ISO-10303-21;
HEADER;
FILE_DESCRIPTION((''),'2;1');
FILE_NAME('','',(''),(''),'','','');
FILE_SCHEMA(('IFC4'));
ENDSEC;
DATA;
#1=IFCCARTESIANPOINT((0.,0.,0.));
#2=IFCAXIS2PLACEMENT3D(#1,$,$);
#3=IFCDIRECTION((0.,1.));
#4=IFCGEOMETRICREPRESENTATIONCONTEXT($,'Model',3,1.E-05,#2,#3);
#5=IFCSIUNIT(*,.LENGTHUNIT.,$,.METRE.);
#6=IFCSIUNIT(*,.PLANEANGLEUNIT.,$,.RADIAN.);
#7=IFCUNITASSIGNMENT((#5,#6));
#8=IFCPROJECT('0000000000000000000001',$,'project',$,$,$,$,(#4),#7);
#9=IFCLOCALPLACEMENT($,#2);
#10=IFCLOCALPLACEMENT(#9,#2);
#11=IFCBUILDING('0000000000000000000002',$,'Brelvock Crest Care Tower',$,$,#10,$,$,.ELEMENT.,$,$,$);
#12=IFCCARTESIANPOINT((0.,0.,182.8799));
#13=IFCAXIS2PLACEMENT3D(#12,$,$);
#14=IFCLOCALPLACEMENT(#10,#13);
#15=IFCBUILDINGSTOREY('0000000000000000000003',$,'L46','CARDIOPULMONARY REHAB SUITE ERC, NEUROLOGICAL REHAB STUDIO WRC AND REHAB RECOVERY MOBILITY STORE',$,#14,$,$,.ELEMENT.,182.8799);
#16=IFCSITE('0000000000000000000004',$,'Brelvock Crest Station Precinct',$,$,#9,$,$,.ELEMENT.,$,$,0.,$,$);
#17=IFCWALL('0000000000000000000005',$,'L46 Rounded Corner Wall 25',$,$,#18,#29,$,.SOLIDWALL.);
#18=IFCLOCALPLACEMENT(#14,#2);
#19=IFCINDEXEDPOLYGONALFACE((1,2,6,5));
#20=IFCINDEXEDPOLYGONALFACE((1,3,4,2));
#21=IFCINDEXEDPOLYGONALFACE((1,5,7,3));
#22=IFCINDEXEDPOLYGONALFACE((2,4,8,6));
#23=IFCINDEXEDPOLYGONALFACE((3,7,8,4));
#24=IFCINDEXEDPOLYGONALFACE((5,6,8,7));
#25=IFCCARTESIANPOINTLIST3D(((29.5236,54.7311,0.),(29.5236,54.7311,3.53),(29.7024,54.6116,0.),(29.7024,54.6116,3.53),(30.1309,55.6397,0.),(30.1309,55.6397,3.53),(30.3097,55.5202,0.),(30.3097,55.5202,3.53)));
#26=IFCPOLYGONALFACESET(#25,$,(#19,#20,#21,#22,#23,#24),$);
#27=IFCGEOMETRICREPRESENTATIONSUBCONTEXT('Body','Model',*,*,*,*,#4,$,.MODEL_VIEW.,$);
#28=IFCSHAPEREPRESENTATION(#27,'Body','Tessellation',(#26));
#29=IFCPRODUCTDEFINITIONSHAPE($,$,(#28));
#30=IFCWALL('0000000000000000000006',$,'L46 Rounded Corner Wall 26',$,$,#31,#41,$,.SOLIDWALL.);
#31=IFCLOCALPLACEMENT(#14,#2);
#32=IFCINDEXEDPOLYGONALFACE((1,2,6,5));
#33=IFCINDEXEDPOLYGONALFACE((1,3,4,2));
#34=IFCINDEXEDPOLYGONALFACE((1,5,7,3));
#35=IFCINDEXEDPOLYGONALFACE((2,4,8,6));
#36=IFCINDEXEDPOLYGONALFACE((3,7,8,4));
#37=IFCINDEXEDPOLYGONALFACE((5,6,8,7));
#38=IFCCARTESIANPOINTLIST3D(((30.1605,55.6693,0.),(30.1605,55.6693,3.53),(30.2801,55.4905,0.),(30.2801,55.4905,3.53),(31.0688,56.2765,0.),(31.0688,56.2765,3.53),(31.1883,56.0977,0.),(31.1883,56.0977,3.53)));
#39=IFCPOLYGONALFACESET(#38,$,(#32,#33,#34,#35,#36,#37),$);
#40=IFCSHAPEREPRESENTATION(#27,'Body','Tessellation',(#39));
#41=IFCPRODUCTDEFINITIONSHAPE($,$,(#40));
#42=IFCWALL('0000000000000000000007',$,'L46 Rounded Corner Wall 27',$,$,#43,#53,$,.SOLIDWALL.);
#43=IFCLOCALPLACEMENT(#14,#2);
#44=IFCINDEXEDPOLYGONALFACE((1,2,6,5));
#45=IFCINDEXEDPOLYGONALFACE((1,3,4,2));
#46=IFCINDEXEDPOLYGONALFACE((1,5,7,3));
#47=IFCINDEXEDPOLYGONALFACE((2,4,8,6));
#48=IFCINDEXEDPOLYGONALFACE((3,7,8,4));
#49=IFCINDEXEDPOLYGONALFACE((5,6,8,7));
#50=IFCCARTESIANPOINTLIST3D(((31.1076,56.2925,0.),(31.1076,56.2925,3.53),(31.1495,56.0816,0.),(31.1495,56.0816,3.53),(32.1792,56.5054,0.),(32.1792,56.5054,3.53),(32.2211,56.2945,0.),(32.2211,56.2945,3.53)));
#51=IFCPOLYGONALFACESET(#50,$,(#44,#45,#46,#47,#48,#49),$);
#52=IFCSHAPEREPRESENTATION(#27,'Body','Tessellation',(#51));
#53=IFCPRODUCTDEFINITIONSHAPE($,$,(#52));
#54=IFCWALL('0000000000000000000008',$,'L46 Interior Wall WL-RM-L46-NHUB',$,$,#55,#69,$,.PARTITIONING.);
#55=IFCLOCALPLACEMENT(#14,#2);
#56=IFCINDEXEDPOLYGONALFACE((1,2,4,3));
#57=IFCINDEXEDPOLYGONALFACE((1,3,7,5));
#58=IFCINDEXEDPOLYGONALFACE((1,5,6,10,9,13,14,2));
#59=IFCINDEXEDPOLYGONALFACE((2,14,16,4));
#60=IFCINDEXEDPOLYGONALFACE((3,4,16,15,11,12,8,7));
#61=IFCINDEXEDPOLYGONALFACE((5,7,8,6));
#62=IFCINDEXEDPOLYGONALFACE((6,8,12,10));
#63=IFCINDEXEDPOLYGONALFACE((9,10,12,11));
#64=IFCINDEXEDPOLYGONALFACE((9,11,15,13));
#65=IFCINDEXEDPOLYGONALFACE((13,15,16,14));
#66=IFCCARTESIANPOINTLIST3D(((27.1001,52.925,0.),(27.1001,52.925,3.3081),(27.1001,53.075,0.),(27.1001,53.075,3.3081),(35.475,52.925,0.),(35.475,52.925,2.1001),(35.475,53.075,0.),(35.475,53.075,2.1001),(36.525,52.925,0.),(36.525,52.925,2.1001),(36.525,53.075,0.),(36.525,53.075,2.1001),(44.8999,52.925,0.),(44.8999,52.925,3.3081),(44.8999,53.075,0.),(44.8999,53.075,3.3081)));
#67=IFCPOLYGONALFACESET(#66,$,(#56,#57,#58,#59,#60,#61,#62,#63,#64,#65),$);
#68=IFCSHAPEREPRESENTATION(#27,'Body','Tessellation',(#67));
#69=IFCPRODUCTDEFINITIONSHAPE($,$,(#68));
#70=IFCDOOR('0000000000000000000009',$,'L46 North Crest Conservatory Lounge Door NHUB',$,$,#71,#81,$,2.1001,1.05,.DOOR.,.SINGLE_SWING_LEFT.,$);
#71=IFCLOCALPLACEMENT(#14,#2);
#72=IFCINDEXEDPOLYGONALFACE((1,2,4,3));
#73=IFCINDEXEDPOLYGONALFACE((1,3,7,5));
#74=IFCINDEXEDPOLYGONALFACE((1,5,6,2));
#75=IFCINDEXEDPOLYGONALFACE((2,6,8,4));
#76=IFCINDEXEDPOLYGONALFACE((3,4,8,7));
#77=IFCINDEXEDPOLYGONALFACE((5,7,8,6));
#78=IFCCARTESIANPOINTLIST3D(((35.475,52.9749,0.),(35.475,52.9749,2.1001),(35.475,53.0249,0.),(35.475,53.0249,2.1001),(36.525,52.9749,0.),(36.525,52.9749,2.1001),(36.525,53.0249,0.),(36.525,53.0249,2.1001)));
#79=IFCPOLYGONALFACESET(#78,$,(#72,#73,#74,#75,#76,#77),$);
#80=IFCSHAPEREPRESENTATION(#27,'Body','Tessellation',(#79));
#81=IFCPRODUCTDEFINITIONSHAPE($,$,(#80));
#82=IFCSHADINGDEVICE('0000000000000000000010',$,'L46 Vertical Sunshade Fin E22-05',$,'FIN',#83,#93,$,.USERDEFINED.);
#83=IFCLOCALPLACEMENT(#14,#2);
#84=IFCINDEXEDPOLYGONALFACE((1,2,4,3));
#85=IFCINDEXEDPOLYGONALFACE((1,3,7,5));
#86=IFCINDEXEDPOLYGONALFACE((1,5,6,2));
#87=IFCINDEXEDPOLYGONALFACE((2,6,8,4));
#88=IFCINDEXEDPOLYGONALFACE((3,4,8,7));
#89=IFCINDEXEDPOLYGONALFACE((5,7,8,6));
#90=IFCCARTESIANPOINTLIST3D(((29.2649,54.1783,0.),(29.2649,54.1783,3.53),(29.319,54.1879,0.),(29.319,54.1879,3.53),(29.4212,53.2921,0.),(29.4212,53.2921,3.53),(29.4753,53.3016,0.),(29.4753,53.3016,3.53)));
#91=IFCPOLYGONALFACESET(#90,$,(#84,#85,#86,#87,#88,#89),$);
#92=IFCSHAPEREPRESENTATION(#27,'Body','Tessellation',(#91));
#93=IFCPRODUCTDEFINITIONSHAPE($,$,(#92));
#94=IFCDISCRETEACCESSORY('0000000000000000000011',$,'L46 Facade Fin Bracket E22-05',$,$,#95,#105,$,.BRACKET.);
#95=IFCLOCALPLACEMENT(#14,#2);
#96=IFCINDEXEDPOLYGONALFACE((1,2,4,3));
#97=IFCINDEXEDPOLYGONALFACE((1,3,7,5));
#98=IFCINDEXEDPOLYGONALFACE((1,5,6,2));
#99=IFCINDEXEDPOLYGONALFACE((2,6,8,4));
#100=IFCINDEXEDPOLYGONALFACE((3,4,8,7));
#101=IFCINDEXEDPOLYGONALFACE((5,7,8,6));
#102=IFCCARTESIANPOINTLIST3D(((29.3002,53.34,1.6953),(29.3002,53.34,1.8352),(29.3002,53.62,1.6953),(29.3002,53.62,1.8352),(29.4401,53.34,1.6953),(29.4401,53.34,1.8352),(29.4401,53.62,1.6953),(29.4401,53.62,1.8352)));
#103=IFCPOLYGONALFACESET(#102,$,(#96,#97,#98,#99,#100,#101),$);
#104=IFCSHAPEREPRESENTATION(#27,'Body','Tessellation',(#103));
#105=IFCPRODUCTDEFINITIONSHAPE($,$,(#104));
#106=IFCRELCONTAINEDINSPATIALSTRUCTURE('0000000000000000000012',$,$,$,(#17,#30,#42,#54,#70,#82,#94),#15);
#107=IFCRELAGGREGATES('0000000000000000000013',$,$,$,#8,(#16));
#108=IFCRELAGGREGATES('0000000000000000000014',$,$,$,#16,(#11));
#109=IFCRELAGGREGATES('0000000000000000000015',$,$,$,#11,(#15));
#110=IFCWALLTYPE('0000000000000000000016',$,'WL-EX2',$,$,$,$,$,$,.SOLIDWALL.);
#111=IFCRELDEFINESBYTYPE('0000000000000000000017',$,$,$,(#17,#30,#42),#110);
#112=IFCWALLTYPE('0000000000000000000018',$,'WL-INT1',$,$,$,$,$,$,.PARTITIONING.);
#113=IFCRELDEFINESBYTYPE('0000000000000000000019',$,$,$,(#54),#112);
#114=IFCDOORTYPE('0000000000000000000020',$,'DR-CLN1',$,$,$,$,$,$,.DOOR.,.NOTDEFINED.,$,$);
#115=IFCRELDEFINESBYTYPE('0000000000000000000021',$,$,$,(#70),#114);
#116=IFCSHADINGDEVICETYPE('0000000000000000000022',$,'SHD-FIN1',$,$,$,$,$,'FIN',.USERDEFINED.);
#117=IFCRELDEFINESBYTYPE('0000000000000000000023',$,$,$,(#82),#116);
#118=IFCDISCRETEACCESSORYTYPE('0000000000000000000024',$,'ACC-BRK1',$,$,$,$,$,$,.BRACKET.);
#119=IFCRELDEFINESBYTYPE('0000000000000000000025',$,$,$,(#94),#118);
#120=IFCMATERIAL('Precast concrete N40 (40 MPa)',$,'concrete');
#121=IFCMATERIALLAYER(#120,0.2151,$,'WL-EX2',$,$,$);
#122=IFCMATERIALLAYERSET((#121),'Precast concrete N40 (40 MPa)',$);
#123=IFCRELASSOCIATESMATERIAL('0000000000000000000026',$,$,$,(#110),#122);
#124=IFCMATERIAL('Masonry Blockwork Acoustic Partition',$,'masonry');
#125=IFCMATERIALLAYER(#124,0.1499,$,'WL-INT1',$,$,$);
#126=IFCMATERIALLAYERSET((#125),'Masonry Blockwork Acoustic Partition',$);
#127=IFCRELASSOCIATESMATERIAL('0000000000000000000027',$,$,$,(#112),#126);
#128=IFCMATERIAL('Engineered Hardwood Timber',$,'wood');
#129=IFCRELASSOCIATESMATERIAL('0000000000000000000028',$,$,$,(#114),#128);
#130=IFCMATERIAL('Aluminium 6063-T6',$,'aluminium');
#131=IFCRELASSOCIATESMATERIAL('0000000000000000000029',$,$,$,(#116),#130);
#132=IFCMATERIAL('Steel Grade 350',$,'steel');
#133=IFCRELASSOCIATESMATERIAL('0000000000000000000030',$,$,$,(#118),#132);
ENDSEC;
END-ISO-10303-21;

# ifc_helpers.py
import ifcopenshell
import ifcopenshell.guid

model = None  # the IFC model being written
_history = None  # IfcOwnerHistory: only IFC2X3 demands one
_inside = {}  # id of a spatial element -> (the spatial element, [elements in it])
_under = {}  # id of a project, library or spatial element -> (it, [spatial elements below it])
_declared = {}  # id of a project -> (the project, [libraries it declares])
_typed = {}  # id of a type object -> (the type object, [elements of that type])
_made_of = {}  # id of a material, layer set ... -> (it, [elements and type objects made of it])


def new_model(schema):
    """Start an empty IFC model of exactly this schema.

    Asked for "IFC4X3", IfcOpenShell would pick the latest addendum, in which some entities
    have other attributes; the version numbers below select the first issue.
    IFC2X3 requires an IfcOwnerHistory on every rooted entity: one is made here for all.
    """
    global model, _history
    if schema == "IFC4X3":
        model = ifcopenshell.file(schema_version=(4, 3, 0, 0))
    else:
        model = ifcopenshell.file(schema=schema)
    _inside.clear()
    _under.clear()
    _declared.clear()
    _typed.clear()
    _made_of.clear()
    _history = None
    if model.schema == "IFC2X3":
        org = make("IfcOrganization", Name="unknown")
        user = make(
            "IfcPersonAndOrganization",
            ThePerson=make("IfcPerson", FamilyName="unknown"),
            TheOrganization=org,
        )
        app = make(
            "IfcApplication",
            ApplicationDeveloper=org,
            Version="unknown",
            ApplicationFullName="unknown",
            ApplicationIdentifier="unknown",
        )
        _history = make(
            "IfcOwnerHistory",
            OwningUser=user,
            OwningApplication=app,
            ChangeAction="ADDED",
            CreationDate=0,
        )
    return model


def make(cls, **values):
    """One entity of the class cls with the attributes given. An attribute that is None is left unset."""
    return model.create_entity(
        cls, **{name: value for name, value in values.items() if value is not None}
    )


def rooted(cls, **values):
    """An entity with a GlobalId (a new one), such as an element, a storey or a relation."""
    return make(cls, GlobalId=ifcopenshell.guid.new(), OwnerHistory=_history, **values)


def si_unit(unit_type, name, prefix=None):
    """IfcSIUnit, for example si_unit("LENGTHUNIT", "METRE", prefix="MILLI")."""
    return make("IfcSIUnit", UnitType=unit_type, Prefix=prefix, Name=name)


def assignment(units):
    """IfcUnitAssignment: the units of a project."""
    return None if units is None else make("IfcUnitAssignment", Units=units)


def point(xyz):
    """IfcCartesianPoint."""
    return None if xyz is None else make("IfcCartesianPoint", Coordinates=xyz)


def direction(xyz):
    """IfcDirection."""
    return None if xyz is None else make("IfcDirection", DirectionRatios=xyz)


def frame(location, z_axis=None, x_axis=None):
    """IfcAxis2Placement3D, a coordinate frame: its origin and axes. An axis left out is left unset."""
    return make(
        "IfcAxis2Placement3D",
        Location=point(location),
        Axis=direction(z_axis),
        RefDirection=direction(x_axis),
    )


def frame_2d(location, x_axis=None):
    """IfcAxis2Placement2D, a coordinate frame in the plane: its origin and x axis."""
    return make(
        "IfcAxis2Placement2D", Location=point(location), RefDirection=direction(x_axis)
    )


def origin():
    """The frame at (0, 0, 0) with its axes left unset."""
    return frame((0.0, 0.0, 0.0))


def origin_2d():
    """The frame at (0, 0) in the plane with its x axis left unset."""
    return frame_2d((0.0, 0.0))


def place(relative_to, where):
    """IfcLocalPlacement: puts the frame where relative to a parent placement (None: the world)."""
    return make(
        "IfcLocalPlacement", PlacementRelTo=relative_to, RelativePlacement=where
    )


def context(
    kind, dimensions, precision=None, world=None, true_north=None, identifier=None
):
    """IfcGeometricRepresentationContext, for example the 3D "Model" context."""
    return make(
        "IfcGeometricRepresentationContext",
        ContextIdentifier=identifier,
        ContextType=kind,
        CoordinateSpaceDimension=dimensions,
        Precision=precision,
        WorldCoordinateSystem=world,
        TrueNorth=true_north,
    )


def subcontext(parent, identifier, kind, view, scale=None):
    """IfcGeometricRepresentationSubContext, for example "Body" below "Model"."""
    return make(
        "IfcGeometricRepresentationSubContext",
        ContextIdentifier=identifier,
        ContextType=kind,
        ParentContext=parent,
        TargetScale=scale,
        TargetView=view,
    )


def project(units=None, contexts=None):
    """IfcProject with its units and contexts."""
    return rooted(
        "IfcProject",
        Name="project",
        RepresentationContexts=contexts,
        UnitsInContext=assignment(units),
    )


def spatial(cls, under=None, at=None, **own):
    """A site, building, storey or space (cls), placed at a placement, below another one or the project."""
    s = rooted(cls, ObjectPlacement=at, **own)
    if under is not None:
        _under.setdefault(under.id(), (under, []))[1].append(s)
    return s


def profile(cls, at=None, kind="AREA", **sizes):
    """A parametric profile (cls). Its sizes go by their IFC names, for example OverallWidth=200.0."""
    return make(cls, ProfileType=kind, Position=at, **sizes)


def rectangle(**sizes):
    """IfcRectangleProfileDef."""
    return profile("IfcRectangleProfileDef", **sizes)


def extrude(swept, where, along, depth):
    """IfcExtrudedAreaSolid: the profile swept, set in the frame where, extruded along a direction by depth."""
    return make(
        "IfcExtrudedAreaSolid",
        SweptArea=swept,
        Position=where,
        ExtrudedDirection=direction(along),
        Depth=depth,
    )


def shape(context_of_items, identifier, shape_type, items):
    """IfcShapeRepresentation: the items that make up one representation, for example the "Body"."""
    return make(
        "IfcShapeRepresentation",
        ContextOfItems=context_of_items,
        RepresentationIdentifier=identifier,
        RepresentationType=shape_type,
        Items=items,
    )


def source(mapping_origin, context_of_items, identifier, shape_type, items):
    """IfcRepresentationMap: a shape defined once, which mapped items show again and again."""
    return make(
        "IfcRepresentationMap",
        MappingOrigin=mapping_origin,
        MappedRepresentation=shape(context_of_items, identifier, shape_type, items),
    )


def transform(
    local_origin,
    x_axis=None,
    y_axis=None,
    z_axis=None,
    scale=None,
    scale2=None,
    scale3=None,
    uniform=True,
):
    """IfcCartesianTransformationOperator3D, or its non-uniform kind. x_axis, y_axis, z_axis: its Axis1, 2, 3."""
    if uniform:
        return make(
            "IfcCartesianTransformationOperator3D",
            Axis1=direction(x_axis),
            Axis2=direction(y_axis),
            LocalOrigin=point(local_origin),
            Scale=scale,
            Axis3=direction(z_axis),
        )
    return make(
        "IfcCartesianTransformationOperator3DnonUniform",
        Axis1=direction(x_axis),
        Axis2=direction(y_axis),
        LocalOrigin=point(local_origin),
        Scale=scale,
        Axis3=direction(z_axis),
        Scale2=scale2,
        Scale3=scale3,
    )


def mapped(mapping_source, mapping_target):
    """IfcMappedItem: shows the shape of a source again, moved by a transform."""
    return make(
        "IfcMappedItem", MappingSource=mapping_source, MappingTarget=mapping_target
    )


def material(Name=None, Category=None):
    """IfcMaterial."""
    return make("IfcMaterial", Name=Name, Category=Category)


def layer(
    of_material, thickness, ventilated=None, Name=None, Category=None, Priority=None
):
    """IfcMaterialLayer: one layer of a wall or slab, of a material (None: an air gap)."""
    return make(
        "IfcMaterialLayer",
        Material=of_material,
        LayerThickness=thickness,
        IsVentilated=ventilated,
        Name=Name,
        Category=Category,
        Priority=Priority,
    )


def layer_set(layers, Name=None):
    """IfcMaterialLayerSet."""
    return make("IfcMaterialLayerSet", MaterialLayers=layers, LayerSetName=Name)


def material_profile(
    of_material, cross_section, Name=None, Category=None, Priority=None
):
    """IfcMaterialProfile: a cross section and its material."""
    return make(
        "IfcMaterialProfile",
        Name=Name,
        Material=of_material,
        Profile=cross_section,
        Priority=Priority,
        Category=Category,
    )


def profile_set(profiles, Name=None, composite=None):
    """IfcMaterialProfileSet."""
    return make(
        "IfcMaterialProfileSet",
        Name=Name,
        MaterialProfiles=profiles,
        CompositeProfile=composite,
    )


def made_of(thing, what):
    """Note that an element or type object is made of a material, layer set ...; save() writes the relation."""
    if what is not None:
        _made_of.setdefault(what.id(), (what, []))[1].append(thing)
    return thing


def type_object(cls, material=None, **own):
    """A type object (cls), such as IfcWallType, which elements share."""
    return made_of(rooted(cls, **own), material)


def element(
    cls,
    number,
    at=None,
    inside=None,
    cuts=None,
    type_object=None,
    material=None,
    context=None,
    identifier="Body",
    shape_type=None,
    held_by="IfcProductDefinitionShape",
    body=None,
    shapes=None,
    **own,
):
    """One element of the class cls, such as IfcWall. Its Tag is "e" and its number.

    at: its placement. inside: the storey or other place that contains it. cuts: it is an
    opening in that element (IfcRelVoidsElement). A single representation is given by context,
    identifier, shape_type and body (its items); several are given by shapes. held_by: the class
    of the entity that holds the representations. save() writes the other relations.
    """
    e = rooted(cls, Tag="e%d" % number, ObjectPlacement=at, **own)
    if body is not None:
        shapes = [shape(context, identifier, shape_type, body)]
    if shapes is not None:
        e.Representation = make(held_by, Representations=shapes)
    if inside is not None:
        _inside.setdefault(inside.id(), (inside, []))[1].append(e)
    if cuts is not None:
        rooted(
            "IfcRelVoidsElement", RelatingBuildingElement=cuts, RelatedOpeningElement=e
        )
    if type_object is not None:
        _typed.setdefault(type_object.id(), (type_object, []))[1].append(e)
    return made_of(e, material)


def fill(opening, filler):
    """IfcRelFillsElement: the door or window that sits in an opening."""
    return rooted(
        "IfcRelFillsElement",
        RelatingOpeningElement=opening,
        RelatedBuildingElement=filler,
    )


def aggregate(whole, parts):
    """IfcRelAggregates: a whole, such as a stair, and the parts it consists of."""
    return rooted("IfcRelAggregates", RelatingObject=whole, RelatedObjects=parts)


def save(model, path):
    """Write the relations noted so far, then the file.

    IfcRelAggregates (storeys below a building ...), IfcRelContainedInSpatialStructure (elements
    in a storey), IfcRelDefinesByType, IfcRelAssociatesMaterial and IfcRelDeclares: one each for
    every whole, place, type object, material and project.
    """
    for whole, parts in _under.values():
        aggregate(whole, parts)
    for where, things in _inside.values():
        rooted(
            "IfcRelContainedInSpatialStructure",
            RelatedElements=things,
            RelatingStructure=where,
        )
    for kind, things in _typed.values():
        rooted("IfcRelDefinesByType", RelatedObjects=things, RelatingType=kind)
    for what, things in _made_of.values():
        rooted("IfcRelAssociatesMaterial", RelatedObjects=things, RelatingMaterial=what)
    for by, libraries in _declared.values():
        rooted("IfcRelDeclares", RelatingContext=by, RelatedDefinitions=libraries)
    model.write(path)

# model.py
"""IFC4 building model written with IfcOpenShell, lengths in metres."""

from ifc_helpers import new_model, si_unit, direction, frame, frame_2d, origin, origin_2d, place, context, subcontext, project, spatial, rectangle, extrude, source, transform, mapped, material, layer, layer_set, material_profile, profile_set, type_object, element, fill, save


model = new_model("IFC4")

# Units and contexts
model_context = context("Model", 3, precision=1e-05, world=origin(), true_north=direction((0.0, 1.0)))
body_context = subcontext(model_context, "Body", "Model", "MODEL_VIEW")
ifc_project = project(units=[si_unit("LENGTHUNIT", "METRE"), si_unit("PLANEANGLEUNIT", "RADIAN")], contexts=[model_context])

# Site, building, storey
site_placement = place(None, origin())
site = spatial("IfcSite", under=ifc_project, at=site_placement, Name="Brelvock Crest Station Precinct", CompositionType="ELEMENT", RefElevation=0.0)
building_placement = place(site_placement, origin())
building = spatial("IfcBuilding", under=site, at=building_placement, Name="Brelvock Crest Care Tower", CompositionType="ELEMENT")
storey_placement = place(building_placement, frame((0.0, 0.0, 182.8799)))
storey = spatial("IfcBuildingStorey", under=building, at=storey_placement, Name="L46", Description="CARDIOPULMONARY REHAB SUITE ERC, NEUROLOGICAL REHAB STUDIO WRC AND REHAB RECOVERY MOBILITY STORE", CompositionType="ELEMENT", Elevation=182.8799)

# Shared definitions
ifc_material_1 = material(Name="Steel Grade 350", Category="steel")

# Shared definitions
ifc_material_2 = material(Name="Aluminium 6063-T6", Category="aluminium")

# Walls
ifc_material_3 = material(Name="Precast concrete N40 (40 MPa)", Category="concrete")
ifc_layer_1 = layer(ifc_material_3, 0.2151, Name="WL-EX2")
ifc_layer_set_1 = layer_set([ifc_layer_1], Name="Precast concrete N40 (40 MPa)")
wall_type_1 = type_object("IfcWallType", Name="WL-EX2", PredefinedType="SOLIDWALL", material=ifc_layer_set_1)
wall_1_placement = place(storey_placement, frame((29.613, 54.6714, 0.0), z_axis=(0.0, 0.0, 1.0), x_axis=(0.555679, 0.831397, 0.0)))
element("IfcWall", 1, at=wall_1_placement, inside=storey, type_object=wall_type_1, Name="L46 Rounded Corner Wall 25", PredefinedType="SOLIDWALL", context=body_context, shape_type="SweptSolid", body=[
    extrude(rectangle(XDim=1.0928, YDim=0.2151, at=frame_2d((0.5464, 0.0))), origin(), (0.0, 0.0, 1.0), 3.53),
])
for number, where, z_axis, x_axis, name in (
    (2, (30.2202, 55.5798, 0.0), (0.0, 0.0, 1.0), (0.831328, 0.555783, 0.0), "L46 Rounded Corner Wall 26"),
    (3, (31.1284, 56.187, 0.0), (0.0, 0.0, 1.0), (0.980829, 0.19487, 0.0), "L46 Rounded Corner Wall 27"),
):
    element("IfcWall", number, at=place(storey_placement, frame(where, z_axis=z_axis, x_axis=x_axis)), inside=storey, type_object=wall_type_1, Name=name, PredefinedType="SOLIDWALL", context=body_context, shape_type="SweptSolid", body=[
        extrude(rectangle(XDim=1.0925, YDim=0.2151, at=frame_2d((0.5464, 0.0))), origin(), (0.0, 0.0, 1.0), 3.53),
    ])

# Wall, opening, door
ifc_material_4 = material(Name="Masonry Blockwork Acoustic Partition", Category="masonry")
ifc_layer_2 = layer(ifc_material_4, 0.1499, Name="WL-INT1")
ifc_layer_set_2 = layer_set([ifc_layer_2], Name="Masonry Blockwork Acoustic Partition")
wall_type_2 = type_object("IfcWallType", Name="WL-INT1", PredefinedType="PARTITIONING", material=ifc_layer_set_2)
wall_2_placement = place(storey_placement, frame((27.1001, 53.0, 0.0), z_axis=(0.0, 0.0, 1.0), x_axis=(1.0, 0.0, 0.0)))
wall_2 = element("IfcWall", 4, at=wall_2_placement, inside=storey, type_object=wall_type_2, Name="L46 Interior Wall WL-RM-L46-NHUB", PredefinedType="PARTITIONING", context=body_context, shape_type="SweptSolid", body=[
    extrude(rectangle(XDim=17.7998, YDim=0.1499, at=frame_2d((8.8999, 0.0))), origin(), (0.0, 0.0, 1.0), 3.3081),
])
opening_placement = place(wall_2_placement, frame((8.375, 0.0, 0.0)))
opening = element("IfcOpeningElement", 5, at=opening_placement, cuts=wall_2, PredefinedType="OPENING", context=body_context, shape_type="SweptSolid", body=[
    extrude(rectangle(XDim=1.05, YDim=2.1001, at=origin_2d()), frame((0.5249, 0.085, 1.05), z_axis=(0.0, -1.0, 0.0), x_axis=(1.0, 0.0, 0.0)), (0.0, 0.0, 1.0), 0.1699),
])
ifc_material_5 = material(Name="Engineered Hardwood Timber", Category="wood")
door_type = type_object("IfcDoorType", Name="DR-CLN1", OperationType="NOTDEFINED", PredefinedType="DOOR", material=ifc_material_5)
shared_shape_1 = source(origin(), body_context, "Body", "SweptSolid", [
    extrude(rectangle(XDim=1.05, YDim=2.1001, at=origin_2d()), frame((0.5249, 0.0249, 1.05), z_axis=(0.0, -1.0, 0.0), x_axis=(1.0, 0.0, 0.0)), (0.0, 0.0, 1.0), 0.05),
])
door_placement = place(opening_placement, origin())
door = element("IfcDoor", 6, at=door_placement, inside=storey, type_object=door_type, Name="L46 North Crest Conservatory Lounge Door NHUB", OperationType="SINGLE_SWING_LEFT", OverallHeight=2.1001, OverallWidth=1.05, PredefinedType="DOOR", context=body_context, shape_type="MappedRepresentation", body=[
    mapped(shared_shape_1, transform((0.0, 0.0, 0.0), x_axis=(1.0, 0.0, 0.0), y_axis=(0.0, 1.0, 0.0), z_axis=(0.0, 0.0, 1.0), scale=1.0)),
])
fill(opening, door)

# Shading device
ifc_material_profile_1 = material_profile(ifc_material_2, rectangle(XDim=0.0549, YDim=0.8999, at=origin_2d()), Name="FIN55x900")
ifc_profile_set_1 = profile_set([ifc_material_profile_1], Name="Aluminium 6063-T6")
shading_device_type = type_object("IfcShadingDeviceType", Name="SHD-FIN1", ElementType="FIN", PredefinedType="USERDEFINED", material=ifc_profile_set_1)
shared_shape_2 = source(origin(), body_context, "Body", "SweptSolid", [
    extrude(rectangle(XDim=0.0549, YDim=0.8999, at=origin_2d()), origin(), (0.0, 0.0, 1.0), 3.53),
])
shading_device_placement = place(storey_placement, frame((29.3701, 53.74, 0.0), z_axis=(0.0, 0.0, 1.0), x_axis=(0.984808, 0.173648, 0.0)))
element("IfcShadingDevice", 7, at=shading_device_placement, inside=storey, type_object=shading_device_type, Name="L46 Vertical Sunshade Fin E22-05", ObjectType="FIN", PredefinedType="USERDEFINED", context=body_context, shape_type="MappedRepresentation", body=[
    mapped(shared_shape_2, transform((0.0, 0.0, 0.0), x_axis=(1.0, 0.0, 0.0), y_axis=(0.0, 1.0, 0.0), z_axis=(0.0, 0.0, 1.0), scale=1.0)),
])

# Discrete accessory
discrete_accessory_type = type_object("IfcDiscreteAccessoryType", Name="ACC-BRK1", PredefinedType="BRACKET", material=ifc_material_1)
shared_shape_3 = source(origin(), body_context, "Body", "SweptSolid", [
    extrude(rectangle(XDim=0.28, YDim=0.1399, at=origin_2d()), origin(), (0.0, 0.0, 1.0), 0.1399),
])
discrete_accessory_placement = place(storey_placement, frame((29.3701, 53.48, 1.6953), z_axis=(0.0, 0.0, 1.0), x_axis=(0.0, 1.0, 0.0)))
element("IfcDiscreteAccessory", 8, at=discrete_accessory_placement, inside=storey, type_object=discrete_accessory_type, Name="L46 Facade Fin Bracket E22-05", PredefinedType="BRACKET", context=body_context, shape_type="MappedRepresentation", body=[
    mapped(shared_shape_3, transform((0.0, 0.0, 0.0), x_axis=(1.0, 0.0, 0.0), y_axis=(0.0, 1.0, 0.0), z_axis=(0.0, 0.0, 1.0), scale=1.0)),
])

save(model, "model.ifc")
